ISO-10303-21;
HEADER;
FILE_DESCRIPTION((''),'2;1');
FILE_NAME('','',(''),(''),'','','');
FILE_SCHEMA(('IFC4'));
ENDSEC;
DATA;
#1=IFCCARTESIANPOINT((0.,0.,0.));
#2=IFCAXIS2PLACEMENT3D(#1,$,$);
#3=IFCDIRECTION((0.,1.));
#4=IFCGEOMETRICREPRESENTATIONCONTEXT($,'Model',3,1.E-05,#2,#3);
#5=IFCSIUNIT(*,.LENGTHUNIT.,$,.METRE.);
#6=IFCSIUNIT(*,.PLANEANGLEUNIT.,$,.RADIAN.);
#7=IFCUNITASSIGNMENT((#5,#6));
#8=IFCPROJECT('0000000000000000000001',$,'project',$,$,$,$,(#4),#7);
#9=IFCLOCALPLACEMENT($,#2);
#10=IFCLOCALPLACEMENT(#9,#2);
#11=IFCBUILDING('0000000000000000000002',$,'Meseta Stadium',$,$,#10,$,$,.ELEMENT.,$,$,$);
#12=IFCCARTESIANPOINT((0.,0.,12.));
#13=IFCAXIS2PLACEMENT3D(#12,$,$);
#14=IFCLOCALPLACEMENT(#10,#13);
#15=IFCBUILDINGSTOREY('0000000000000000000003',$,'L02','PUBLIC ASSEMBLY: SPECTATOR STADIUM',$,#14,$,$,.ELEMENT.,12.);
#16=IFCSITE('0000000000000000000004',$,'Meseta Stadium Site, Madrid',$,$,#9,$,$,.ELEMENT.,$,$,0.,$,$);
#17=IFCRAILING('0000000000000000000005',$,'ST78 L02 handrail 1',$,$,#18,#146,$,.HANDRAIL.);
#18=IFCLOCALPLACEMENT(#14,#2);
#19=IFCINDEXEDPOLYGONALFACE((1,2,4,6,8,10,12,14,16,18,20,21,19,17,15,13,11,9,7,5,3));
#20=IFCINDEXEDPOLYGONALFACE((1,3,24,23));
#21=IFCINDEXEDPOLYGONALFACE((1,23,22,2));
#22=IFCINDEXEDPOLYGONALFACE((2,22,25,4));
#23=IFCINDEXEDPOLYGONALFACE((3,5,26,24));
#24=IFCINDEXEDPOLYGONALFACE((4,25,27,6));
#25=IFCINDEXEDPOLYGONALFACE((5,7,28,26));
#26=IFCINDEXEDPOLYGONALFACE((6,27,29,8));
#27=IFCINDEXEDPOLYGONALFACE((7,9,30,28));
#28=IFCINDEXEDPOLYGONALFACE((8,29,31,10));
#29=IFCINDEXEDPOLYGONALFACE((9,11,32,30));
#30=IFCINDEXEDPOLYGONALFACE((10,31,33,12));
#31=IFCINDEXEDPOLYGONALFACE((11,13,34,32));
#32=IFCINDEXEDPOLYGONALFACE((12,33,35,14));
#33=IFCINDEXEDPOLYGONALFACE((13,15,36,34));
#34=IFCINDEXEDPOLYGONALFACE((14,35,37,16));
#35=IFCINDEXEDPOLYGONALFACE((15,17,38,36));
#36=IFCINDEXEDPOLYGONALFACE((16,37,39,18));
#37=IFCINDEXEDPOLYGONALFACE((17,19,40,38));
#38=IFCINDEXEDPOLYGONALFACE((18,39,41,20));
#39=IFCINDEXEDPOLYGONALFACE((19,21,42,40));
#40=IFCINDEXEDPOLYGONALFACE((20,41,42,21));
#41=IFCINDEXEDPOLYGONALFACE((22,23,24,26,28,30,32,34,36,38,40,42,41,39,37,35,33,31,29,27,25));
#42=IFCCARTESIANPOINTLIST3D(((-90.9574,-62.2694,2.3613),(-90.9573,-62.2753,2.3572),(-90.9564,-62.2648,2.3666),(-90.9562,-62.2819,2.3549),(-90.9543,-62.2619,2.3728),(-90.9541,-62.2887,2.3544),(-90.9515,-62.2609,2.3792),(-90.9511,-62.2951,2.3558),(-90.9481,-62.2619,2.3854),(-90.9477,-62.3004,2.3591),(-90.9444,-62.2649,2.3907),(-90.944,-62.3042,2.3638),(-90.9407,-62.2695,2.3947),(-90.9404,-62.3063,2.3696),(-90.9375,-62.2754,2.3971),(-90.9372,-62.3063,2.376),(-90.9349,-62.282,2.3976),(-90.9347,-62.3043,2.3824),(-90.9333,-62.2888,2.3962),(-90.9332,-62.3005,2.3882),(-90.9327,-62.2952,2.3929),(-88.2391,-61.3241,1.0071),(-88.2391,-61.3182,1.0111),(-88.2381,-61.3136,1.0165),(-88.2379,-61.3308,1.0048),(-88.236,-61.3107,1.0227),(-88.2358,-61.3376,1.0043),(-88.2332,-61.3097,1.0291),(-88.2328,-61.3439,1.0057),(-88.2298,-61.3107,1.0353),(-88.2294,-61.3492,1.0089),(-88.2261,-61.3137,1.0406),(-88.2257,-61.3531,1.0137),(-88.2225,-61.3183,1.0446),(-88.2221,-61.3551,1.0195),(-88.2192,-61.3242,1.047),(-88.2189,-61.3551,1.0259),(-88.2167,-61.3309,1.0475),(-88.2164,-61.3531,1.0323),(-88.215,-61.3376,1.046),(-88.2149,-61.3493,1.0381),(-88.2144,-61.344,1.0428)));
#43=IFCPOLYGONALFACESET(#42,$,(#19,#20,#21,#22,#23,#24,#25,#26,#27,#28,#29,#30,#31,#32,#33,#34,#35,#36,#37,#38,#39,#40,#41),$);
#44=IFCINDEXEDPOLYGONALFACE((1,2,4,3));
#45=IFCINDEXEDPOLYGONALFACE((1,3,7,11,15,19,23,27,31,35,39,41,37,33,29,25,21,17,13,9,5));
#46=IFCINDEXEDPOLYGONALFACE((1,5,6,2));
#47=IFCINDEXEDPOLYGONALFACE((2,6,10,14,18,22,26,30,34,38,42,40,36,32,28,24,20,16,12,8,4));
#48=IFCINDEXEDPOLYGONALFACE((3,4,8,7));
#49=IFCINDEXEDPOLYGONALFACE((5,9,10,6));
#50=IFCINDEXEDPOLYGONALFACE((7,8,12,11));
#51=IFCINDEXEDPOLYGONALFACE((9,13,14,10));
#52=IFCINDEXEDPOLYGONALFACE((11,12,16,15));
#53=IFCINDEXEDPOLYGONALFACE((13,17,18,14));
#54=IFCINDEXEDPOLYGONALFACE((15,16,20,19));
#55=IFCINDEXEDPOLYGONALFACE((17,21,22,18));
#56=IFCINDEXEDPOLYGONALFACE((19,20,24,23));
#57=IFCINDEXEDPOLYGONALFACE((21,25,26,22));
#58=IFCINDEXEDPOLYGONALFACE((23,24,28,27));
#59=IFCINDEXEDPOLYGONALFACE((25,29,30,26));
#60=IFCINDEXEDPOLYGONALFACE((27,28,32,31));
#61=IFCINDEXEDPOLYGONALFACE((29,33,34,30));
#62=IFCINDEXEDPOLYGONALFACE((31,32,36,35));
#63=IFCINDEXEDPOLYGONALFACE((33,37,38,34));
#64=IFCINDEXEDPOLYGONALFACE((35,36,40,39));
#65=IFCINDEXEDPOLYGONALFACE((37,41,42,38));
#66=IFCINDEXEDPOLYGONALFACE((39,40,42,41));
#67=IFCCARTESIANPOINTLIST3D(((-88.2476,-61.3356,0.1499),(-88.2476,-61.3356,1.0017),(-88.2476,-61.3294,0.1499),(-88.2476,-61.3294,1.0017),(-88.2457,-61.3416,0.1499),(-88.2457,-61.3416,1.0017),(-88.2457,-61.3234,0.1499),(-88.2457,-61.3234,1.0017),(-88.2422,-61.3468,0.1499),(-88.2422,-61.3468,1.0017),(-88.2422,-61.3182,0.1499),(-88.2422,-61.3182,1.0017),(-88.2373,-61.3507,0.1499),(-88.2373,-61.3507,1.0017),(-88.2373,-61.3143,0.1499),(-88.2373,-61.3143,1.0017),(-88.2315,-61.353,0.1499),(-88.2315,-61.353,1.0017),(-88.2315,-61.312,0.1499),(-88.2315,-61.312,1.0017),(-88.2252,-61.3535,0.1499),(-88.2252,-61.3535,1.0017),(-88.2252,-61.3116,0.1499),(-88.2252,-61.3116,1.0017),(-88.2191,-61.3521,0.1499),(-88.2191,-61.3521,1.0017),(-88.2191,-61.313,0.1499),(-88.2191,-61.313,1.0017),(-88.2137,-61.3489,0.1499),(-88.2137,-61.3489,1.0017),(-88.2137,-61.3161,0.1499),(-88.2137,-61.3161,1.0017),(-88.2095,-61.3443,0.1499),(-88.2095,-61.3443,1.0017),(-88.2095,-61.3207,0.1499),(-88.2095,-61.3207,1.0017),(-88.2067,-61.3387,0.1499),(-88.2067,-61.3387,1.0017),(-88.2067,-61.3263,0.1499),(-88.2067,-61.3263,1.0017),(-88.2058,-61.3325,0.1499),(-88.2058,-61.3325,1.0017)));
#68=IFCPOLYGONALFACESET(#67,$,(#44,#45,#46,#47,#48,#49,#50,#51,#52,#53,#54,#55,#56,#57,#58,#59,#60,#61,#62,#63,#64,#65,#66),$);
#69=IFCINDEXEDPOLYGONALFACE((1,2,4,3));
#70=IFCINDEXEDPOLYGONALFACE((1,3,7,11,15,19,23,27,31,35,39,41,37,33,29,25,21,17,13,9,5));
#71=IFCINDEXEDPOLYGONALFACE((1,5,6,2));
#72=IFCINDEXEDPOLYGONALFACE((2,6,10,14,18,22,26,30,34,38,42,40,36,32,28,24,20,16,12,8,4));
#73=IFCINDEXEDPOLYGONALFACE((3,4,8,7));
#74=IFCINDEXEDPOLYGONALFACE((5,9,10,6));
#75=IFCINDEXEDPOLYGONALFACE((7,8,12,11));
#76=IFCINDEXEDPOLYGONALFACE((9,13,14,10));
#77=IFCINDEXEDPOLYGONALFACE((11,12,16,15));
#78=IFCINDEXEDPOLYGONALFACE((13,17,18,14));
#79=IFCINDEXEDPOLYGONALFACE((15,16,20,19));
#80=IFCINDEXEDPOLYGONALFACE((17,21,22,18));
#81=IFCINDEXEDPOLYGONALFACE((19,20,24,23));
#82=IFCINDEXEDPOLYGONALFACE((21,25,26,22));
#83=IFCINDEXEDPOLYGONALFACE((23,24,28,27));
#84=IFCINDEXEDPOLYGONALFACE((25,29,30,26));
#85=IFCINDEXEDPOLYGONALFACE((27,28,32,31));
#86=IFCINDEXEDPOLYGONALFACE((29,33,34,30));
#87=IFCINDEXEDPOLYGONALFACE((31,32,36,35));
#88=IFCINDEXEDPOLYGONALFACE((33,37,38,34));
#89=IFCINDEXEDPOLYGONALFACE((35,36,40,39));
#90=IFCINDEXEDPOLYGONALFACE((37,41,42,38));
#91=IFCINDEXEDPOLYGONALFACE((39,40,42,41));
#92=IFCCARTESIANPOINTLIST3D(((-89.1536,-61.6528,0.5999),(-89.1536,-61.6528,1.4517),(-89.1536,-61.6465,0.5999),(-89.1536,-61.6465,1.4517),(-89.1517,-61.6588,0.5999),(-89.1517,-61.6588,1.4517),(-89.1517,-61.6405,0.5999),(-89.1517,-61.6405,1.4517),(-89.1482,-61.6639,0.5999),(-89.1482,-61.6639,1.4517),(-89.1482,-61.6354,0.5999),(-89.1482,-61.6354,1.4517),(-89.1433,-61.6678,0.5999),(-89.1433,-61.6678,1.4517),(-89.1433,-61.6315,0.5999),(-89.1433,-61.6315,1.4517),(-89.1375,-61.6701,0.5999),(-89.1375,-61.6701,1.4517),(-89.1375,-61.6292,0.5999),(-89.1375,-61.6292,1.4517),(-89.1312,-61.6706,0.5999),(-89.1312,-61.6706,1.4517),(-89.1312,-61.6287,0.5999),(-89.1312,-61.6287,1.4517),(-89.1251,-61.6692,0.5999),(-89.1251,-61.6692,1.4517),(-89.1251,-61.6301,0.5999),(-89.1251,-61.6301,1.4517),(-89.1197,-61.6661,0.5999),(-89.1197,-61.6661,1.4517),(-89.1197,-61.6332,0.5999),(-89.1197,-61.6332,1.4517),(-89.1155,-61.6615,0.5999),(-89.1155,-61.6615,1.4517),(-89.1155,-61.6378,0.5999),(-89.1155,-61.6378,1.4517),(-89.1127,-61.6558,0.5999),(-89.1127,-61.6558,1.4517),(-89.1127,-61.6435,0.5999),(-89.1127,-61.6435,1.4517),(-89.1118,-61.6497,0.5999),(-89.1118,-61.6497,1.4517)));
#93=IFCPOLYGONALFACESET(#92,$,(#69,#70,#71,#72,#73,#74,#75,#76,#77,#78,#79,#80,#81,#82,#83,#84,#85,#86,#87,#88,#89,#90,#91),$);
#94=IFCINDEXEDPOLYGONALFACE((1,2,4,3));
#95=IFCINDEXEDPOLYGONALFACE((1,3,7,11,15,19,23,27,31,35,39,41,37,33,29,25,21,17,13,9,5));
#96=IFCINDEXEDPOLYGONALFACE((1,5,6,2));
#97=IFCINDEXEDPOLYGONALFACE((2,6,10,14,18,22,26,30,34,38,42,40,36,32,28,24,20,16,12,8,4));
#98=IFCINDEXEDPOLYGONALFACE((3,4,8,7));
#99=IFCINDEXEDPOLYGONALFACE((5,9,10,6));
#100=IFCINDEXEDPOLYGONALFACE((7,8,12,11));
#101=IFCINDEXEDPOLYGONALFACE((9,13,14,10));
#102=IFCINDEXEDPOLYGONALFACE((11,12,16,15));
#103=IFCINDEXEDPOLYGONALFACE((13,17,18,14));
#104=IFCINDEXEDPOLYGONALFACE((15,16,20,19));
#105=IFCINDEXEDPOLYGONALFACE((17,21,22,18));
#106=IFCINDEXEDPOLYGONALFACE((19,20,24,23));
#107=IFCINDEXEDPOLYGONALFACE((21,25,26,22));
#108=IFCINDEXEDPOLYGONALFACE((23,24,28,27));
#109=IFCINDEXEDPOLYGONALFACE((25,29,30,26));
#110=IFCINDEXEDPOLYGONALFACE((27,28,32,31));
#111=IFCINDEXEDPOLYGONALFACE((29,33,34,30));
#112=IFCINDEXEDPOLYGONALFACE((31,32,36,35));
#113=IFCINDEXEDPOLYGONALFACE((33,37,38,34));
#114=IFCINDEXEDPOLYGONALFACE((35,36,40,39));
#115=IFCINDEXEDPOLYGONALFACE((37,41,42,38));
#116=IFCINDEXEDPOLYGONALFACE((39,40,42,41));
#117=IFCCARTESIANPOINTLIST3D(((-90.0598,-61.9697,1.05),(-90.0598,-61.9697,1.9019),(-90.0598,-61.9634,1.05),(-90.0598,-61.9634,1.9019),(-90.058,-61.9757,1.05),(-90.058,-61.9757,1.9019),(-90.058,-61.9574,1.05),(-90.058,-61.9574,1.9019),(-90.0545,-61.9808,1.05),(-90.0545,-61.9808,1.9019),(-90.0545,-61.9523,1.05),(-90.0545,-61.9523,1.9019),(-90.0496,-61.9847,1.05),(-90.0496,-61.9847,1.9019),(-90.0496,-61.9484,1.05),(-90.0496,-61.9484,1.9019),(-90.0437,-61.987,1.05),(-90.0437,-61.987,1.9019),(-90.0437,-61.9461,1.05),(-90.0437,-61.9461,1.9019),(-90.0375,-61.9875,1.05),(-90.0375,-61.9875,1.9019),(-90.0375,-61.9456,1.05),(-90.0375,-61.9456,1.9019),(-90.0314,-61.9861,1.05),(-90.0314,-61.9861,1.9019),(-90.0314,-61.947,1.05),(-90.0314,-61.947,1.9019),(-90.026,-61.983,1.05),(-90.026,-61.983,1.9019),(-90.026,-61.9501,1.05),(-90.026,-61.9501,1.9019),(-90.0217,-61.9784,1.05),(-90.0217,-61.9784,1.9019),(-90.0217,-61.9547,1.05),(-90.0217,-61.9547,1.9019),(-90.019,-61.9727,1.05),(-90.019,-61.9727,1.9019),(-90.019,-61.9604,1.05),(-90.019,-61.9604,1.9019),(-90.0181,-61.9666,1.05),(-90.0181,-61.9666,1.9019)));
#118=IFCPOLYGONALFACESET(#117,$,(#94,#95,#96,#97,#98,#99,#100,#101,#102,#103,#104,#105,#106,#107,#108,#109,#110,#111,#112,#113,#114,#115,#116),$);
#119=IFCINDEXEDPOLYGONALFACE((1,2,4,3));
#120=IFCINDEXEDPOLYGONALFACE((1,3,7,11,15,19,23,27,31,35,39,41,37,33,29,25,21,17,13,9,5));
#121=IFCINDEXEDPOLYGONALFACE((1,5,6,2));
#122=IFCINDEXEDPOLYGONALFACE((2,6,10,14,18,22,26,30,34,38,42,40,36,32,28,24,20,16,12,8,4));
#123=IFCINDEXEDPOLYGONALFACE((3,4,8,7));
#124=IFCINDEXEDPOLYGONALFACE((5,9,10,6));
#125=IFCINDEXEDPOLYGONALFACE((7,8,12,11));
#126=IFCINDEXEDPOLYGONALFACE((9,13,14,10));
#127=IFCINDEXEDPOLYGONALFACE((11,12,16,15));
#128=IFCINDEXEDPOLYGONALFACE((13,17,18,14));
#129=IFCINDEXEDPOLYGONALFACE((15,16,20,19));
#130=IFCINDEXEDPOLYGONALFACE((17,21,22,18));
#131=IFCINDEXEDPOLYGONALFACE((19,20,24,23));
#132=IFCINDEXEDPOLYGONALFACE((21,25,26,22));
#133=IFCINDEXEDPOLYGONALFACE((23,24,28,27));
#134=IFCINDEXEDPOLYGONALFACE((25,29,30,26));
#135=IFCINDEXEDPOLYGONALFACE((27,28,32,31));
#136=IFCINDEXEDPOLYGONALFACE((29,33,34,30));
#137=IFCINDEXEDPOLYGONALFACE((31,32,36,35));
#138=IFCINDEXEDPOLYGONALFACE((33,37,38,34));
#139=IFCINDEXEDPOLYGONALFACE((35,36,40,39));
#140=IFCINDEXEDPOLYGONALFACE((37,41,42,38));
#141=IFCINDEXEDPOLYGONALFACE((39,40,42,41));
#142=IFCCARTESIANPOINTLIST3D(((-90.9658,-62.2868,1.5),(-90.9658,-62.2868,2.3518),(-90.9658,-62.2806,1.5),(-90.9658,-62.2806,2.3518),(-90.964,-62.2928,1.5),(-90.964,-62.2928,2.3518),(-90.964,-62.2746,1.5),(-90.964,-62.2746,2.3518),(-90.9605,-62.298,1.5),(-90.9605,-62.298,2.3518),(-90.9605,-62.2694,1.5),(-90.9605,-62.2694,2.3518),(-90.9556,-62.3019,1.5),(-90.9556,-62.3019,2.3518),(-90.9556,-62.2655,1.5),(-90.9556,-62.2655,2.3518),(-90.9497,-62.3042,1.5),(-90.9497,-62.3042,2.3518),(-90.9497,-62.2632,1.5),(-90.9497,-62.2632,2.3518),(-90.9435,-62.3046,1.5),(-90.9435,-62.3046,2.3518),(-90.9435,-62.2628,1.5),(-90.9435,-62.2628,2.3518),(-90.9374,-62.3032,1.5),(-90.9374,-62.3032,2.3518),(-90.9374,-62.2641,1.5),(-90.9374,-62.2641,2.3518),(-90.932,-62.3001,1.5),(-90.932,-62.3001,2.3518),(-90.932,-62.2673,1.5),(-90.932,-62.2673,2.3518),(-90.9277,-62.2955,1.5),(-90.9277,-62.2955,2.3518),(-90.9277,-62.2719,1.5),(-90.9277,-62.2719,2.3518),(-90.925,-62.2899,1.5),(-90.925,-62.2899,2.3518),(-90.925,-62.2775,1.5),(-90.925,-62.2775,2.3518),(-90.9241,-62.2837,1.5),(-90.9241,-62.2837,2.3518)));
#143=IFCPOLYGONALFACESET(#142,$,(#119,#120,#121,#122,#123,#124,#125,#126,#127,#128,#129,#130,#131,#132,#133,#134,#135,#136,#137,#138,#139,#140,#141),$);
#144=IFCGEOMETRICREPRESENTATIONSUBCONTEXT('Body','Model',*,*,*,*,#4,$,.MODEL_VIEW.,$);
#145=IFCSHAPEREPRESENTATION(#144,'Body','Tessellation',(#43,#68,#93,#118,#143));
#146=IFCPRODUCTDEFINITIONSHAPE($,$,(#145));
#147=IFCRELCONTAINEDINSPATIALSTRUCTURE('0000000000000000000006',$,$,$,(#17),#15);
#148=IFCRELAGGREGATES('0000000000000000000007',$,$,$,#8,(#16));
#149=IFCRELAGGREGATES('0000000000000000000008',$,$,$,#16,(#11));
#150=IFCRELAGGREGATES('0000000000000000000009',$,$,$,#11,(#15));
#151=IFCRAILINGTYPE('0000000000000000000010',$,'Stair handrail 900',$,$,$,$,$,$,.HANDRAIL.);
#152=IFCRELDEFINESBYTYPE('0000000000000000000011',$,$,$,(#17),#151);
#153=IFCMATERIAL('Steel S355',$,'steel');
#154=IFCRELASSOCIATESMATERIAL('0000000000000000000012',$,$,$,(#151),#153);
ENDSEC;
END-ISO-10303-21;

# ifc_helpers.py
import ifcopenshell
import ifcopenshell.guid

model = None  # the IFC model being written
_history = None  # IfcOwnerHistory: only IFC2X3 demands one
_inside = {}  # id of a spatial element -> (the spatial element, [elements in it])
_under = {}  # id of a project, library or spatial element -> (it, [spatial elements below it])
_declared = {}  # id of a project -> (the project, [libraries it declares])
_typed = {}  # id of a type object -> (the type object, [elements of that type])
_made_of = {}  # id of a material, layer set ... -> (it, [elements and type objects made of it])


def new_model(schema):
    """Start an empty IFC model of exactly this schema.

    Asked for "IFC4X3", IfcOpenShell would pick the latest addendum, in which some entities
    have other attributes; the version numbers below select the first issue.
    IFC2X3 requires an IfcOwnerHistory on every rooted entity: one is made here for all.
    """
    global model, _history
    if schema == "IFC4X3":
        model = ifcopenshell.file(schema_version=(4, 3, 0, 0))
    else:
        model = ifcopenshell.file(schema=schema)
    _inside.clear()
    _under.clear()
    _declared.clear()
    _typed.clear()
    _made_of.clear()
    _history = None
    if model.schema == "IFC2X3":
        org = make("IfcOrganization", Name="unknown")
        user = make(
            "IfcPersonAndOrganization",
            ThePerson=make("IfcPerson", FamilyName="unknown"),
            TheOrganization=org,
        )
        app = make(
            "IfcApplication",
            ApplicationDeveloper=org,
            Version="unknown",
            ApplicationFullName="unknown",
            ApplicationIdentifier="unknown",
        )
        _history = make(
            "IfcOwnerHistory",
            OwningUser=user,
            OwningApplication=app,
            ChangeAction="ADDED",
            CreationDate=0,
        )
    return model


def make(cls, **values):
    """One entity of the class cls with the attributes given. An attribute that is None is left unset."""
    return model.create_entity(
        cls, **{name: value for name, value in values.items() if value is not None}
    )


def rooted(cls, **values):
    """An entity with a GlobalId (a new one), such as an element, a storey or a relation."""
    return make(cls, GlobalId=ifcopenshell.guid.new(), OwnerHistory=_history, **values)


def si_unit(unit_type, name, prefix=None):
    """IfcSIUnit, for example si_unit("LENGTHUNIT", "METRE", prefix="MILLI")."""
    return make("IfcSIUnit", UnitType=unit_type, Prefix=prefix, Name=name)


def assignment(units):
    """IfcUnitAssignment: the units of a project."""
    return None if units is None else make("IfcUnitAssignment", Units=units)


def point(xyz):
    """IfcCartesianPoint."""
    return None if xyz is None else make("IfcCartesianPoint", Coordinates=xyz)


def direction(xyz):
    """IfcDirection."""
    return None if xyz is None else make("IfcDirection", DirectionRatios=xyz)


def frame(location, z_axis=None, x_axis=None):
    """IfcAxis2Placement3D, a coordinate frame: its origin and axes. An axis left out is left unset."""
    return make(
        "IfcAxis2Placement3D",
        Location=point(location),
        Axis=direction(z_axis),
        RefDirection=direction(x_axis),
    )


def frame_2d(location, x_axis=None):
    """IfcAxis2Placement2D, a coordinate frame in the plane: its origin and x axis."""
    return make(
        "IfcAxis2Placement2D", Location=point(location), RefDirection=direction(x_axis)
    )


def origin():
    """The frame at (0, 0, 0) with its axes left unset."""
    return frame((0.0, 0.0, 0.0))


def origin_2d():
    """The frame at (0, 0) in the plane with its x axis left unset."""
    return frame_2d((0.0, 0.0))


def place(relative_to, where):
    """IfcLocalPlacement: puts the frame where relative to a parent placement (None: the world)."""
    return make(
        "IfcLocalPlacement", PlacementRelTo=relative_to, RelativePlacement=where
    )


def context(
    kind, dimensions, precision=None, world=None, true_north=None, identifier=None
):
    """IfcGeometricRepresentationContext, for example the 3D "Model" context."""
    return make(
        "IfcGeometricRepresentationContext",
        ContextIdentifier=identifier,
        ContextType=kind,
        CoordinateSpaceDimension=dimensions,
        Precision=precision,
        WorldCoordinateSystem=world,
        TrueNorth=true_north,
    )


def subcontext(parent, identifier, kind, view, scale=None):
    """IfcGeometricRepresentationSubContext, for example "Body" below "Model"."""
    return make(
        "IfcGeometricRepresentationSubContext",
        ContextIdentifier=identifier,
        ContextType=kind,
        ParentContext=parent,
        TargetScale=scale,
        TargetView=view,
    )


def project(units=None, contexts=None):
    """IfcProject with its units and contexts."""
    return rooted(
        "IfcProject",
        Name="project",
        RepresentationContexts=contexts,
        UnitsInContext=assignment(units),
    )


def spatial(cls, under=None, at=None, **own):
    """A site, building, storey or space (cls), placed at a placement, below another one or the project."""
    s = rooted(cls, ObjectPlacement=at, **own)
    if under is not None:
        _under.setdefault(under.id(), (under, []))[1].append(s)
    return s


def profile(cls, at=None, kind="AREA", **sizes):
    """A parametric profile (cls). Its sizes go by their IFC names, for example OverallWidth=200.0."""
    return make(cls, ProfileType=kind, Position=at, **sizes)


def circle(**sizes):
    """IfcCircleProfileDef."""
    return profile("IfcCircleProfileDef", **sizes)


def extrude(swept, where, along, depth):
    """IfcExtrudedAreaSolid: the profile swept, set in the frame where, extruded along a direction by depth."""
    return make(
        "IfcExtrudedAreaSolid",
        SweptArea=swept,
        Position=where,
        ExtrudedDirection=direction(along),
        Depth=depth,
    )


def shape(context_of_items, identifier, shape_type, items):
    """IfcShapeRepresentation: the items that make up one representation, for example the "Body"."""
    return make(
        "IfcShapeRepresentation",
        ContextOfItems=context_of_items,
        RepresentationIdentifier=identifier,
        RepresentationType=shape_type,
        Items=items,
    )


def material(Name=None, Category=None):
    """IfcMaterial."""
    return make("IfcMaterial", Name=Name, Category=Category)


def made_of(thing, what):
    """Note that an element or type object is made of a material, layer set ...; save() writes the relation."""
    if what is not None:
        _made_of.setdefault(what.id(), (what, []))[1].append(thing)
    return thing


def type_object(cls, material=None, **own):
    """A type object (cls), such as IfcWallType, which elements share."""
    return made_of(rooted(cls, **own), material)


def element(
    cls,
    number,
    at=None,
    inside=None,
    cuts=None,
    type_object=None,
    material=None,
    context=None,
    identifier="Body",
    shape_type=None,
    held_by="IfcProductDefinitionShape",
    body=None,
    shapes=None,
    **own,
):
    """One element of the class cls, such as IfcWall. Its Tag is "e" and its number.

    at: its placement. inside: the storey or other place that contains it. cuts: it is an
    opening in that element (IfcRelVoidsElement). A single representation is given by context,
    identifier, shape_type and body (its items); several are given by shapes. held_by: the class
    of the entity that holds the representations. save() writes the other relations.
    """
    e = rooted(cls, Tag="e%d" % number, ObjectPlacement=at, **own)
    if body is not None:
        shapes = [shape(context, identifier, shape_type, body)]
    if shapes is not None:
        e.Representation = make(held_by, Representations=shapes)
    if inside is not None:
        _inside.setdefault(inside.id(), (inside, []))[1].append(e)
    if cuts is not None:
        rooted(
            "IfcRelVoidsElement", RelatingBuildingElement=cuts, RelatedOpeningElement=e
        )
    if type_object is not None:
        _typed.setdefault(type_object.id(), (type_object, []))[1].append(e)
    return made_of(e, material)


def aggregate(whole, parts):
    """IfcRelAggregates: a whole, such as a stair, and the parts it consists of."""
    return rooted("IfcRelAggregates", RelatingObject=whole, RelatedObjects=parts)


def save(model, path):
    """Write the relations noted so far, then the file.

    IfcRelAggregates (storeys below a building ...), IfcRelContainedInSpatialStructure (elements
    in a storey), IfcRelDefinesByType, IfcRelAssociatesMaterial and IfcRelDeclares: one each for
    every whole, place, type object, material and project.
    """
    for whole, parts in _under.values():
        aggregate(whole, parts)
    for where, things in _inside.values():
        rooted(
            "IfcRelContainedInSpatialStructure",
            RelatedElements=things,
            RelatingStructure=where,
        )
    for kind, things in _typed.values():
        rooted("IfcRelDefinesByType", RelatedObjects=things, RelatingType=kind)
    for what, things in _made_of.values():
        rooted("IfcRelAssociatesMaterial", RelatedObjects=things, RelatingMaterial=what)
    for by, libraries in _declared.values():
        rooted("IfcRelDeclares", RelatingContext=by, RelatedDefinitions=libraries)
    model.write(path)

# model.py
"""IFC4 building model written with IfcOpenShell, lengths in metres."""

from ifc_helpers import new_model, si_unit, direction, frame, origin, origin_2d, place, context, subcontext, project, spatial, circle, extrude, material, type_object, element, save


model = new_model("IFC4")

# Units and contexts
model_context = context("Model", 3, precision=1e-05, world=origin(), true_north=direction((0.0, 1.0)))
body_context = subcontext(model_context, "Body", "Model", "MODEL_VIEW")
ifc_project = project(units=[si_unit("LENGTHUNIT", "METRE"), si_unit("PLANEANGLEUNIT", "RADIAN")], contexts=[model_context])

# Site, building, storey
site_placement = place(None, origin())
site = spatial("IfcSite", under=ifc_project, at=site_placement, Name="Meseta Stadium Site, Madrid", CompositionType="ELEMENT", RefElevation=0.0)
building_placement = place(site_placement, origin())
building = spatial("IfcBuilding", under=site, at=building_placement, Name="Meseta Stadium", CompositionType="ELEMENT")
storey_placement = place(building_placement, frame((0.0, 0.0, 12.0)))
storey = spatial("IfcBuildingStorey", under=building, at=storey_placement, Name="L02", Description="PUBLIC ASSEMBLY: SPECTATOR STADIUM", CompositionType="ELEMENT", Elevation=12.0)

# Railing
ifc_material_1 = material(Name="Steel S355", Category="steel")
railing_type_1 = type_object("IfcRailingType", Name="Stair handrail 900", PredefinedType="HANDRAIL", material=ifc_material_1)
for number, where, name in (
    (1, (-88.2268, -61.3325, 0.1499), "ST78 L02 handrail 1"),
):
    element("IfcRailing", number, at=place(storey_placement, frame(where)), inside=storey, type_object=railing_type_1, Name=name, PredefinedType="HANDRAIL", context=body_context, shape_type="SweptSolid", body=[
        extrude(circle(Radius=0.0239, at=origin_2d()), frame((0.0, 0.0, 0.876), z_axis=(-0.854629, -0.299051, 0.424474), x_axis=(0.330282, -0.943882, 0.0)), (0.0, 0.0, 1.0), 3.1807),
        extrude(circle(Radius=0.021, at=origin_2d()), origin(), (0.0, 0.0, 1.0), 0.8518),
        extrude(circle(Radius=0.021, at=origin_2d()), frame((-0.906, -0.3171, 0.45)), (0.0, 0.0, 1.0), 0.8518),
        extrude(circle(Radius=0.021, at=origin_2d()), frame((-1.8123, -0.634, 0.9001)), (0.0, 0.0, 1.0), 0.8518),
        extrude(circle(Radius=0.021, at=origin_2d()), frame((-2.7183, -0.9512, 1.3501)), (0.0, 0.0, 1.0), 0.8518),
    ])

save(model, "model.ifc")
